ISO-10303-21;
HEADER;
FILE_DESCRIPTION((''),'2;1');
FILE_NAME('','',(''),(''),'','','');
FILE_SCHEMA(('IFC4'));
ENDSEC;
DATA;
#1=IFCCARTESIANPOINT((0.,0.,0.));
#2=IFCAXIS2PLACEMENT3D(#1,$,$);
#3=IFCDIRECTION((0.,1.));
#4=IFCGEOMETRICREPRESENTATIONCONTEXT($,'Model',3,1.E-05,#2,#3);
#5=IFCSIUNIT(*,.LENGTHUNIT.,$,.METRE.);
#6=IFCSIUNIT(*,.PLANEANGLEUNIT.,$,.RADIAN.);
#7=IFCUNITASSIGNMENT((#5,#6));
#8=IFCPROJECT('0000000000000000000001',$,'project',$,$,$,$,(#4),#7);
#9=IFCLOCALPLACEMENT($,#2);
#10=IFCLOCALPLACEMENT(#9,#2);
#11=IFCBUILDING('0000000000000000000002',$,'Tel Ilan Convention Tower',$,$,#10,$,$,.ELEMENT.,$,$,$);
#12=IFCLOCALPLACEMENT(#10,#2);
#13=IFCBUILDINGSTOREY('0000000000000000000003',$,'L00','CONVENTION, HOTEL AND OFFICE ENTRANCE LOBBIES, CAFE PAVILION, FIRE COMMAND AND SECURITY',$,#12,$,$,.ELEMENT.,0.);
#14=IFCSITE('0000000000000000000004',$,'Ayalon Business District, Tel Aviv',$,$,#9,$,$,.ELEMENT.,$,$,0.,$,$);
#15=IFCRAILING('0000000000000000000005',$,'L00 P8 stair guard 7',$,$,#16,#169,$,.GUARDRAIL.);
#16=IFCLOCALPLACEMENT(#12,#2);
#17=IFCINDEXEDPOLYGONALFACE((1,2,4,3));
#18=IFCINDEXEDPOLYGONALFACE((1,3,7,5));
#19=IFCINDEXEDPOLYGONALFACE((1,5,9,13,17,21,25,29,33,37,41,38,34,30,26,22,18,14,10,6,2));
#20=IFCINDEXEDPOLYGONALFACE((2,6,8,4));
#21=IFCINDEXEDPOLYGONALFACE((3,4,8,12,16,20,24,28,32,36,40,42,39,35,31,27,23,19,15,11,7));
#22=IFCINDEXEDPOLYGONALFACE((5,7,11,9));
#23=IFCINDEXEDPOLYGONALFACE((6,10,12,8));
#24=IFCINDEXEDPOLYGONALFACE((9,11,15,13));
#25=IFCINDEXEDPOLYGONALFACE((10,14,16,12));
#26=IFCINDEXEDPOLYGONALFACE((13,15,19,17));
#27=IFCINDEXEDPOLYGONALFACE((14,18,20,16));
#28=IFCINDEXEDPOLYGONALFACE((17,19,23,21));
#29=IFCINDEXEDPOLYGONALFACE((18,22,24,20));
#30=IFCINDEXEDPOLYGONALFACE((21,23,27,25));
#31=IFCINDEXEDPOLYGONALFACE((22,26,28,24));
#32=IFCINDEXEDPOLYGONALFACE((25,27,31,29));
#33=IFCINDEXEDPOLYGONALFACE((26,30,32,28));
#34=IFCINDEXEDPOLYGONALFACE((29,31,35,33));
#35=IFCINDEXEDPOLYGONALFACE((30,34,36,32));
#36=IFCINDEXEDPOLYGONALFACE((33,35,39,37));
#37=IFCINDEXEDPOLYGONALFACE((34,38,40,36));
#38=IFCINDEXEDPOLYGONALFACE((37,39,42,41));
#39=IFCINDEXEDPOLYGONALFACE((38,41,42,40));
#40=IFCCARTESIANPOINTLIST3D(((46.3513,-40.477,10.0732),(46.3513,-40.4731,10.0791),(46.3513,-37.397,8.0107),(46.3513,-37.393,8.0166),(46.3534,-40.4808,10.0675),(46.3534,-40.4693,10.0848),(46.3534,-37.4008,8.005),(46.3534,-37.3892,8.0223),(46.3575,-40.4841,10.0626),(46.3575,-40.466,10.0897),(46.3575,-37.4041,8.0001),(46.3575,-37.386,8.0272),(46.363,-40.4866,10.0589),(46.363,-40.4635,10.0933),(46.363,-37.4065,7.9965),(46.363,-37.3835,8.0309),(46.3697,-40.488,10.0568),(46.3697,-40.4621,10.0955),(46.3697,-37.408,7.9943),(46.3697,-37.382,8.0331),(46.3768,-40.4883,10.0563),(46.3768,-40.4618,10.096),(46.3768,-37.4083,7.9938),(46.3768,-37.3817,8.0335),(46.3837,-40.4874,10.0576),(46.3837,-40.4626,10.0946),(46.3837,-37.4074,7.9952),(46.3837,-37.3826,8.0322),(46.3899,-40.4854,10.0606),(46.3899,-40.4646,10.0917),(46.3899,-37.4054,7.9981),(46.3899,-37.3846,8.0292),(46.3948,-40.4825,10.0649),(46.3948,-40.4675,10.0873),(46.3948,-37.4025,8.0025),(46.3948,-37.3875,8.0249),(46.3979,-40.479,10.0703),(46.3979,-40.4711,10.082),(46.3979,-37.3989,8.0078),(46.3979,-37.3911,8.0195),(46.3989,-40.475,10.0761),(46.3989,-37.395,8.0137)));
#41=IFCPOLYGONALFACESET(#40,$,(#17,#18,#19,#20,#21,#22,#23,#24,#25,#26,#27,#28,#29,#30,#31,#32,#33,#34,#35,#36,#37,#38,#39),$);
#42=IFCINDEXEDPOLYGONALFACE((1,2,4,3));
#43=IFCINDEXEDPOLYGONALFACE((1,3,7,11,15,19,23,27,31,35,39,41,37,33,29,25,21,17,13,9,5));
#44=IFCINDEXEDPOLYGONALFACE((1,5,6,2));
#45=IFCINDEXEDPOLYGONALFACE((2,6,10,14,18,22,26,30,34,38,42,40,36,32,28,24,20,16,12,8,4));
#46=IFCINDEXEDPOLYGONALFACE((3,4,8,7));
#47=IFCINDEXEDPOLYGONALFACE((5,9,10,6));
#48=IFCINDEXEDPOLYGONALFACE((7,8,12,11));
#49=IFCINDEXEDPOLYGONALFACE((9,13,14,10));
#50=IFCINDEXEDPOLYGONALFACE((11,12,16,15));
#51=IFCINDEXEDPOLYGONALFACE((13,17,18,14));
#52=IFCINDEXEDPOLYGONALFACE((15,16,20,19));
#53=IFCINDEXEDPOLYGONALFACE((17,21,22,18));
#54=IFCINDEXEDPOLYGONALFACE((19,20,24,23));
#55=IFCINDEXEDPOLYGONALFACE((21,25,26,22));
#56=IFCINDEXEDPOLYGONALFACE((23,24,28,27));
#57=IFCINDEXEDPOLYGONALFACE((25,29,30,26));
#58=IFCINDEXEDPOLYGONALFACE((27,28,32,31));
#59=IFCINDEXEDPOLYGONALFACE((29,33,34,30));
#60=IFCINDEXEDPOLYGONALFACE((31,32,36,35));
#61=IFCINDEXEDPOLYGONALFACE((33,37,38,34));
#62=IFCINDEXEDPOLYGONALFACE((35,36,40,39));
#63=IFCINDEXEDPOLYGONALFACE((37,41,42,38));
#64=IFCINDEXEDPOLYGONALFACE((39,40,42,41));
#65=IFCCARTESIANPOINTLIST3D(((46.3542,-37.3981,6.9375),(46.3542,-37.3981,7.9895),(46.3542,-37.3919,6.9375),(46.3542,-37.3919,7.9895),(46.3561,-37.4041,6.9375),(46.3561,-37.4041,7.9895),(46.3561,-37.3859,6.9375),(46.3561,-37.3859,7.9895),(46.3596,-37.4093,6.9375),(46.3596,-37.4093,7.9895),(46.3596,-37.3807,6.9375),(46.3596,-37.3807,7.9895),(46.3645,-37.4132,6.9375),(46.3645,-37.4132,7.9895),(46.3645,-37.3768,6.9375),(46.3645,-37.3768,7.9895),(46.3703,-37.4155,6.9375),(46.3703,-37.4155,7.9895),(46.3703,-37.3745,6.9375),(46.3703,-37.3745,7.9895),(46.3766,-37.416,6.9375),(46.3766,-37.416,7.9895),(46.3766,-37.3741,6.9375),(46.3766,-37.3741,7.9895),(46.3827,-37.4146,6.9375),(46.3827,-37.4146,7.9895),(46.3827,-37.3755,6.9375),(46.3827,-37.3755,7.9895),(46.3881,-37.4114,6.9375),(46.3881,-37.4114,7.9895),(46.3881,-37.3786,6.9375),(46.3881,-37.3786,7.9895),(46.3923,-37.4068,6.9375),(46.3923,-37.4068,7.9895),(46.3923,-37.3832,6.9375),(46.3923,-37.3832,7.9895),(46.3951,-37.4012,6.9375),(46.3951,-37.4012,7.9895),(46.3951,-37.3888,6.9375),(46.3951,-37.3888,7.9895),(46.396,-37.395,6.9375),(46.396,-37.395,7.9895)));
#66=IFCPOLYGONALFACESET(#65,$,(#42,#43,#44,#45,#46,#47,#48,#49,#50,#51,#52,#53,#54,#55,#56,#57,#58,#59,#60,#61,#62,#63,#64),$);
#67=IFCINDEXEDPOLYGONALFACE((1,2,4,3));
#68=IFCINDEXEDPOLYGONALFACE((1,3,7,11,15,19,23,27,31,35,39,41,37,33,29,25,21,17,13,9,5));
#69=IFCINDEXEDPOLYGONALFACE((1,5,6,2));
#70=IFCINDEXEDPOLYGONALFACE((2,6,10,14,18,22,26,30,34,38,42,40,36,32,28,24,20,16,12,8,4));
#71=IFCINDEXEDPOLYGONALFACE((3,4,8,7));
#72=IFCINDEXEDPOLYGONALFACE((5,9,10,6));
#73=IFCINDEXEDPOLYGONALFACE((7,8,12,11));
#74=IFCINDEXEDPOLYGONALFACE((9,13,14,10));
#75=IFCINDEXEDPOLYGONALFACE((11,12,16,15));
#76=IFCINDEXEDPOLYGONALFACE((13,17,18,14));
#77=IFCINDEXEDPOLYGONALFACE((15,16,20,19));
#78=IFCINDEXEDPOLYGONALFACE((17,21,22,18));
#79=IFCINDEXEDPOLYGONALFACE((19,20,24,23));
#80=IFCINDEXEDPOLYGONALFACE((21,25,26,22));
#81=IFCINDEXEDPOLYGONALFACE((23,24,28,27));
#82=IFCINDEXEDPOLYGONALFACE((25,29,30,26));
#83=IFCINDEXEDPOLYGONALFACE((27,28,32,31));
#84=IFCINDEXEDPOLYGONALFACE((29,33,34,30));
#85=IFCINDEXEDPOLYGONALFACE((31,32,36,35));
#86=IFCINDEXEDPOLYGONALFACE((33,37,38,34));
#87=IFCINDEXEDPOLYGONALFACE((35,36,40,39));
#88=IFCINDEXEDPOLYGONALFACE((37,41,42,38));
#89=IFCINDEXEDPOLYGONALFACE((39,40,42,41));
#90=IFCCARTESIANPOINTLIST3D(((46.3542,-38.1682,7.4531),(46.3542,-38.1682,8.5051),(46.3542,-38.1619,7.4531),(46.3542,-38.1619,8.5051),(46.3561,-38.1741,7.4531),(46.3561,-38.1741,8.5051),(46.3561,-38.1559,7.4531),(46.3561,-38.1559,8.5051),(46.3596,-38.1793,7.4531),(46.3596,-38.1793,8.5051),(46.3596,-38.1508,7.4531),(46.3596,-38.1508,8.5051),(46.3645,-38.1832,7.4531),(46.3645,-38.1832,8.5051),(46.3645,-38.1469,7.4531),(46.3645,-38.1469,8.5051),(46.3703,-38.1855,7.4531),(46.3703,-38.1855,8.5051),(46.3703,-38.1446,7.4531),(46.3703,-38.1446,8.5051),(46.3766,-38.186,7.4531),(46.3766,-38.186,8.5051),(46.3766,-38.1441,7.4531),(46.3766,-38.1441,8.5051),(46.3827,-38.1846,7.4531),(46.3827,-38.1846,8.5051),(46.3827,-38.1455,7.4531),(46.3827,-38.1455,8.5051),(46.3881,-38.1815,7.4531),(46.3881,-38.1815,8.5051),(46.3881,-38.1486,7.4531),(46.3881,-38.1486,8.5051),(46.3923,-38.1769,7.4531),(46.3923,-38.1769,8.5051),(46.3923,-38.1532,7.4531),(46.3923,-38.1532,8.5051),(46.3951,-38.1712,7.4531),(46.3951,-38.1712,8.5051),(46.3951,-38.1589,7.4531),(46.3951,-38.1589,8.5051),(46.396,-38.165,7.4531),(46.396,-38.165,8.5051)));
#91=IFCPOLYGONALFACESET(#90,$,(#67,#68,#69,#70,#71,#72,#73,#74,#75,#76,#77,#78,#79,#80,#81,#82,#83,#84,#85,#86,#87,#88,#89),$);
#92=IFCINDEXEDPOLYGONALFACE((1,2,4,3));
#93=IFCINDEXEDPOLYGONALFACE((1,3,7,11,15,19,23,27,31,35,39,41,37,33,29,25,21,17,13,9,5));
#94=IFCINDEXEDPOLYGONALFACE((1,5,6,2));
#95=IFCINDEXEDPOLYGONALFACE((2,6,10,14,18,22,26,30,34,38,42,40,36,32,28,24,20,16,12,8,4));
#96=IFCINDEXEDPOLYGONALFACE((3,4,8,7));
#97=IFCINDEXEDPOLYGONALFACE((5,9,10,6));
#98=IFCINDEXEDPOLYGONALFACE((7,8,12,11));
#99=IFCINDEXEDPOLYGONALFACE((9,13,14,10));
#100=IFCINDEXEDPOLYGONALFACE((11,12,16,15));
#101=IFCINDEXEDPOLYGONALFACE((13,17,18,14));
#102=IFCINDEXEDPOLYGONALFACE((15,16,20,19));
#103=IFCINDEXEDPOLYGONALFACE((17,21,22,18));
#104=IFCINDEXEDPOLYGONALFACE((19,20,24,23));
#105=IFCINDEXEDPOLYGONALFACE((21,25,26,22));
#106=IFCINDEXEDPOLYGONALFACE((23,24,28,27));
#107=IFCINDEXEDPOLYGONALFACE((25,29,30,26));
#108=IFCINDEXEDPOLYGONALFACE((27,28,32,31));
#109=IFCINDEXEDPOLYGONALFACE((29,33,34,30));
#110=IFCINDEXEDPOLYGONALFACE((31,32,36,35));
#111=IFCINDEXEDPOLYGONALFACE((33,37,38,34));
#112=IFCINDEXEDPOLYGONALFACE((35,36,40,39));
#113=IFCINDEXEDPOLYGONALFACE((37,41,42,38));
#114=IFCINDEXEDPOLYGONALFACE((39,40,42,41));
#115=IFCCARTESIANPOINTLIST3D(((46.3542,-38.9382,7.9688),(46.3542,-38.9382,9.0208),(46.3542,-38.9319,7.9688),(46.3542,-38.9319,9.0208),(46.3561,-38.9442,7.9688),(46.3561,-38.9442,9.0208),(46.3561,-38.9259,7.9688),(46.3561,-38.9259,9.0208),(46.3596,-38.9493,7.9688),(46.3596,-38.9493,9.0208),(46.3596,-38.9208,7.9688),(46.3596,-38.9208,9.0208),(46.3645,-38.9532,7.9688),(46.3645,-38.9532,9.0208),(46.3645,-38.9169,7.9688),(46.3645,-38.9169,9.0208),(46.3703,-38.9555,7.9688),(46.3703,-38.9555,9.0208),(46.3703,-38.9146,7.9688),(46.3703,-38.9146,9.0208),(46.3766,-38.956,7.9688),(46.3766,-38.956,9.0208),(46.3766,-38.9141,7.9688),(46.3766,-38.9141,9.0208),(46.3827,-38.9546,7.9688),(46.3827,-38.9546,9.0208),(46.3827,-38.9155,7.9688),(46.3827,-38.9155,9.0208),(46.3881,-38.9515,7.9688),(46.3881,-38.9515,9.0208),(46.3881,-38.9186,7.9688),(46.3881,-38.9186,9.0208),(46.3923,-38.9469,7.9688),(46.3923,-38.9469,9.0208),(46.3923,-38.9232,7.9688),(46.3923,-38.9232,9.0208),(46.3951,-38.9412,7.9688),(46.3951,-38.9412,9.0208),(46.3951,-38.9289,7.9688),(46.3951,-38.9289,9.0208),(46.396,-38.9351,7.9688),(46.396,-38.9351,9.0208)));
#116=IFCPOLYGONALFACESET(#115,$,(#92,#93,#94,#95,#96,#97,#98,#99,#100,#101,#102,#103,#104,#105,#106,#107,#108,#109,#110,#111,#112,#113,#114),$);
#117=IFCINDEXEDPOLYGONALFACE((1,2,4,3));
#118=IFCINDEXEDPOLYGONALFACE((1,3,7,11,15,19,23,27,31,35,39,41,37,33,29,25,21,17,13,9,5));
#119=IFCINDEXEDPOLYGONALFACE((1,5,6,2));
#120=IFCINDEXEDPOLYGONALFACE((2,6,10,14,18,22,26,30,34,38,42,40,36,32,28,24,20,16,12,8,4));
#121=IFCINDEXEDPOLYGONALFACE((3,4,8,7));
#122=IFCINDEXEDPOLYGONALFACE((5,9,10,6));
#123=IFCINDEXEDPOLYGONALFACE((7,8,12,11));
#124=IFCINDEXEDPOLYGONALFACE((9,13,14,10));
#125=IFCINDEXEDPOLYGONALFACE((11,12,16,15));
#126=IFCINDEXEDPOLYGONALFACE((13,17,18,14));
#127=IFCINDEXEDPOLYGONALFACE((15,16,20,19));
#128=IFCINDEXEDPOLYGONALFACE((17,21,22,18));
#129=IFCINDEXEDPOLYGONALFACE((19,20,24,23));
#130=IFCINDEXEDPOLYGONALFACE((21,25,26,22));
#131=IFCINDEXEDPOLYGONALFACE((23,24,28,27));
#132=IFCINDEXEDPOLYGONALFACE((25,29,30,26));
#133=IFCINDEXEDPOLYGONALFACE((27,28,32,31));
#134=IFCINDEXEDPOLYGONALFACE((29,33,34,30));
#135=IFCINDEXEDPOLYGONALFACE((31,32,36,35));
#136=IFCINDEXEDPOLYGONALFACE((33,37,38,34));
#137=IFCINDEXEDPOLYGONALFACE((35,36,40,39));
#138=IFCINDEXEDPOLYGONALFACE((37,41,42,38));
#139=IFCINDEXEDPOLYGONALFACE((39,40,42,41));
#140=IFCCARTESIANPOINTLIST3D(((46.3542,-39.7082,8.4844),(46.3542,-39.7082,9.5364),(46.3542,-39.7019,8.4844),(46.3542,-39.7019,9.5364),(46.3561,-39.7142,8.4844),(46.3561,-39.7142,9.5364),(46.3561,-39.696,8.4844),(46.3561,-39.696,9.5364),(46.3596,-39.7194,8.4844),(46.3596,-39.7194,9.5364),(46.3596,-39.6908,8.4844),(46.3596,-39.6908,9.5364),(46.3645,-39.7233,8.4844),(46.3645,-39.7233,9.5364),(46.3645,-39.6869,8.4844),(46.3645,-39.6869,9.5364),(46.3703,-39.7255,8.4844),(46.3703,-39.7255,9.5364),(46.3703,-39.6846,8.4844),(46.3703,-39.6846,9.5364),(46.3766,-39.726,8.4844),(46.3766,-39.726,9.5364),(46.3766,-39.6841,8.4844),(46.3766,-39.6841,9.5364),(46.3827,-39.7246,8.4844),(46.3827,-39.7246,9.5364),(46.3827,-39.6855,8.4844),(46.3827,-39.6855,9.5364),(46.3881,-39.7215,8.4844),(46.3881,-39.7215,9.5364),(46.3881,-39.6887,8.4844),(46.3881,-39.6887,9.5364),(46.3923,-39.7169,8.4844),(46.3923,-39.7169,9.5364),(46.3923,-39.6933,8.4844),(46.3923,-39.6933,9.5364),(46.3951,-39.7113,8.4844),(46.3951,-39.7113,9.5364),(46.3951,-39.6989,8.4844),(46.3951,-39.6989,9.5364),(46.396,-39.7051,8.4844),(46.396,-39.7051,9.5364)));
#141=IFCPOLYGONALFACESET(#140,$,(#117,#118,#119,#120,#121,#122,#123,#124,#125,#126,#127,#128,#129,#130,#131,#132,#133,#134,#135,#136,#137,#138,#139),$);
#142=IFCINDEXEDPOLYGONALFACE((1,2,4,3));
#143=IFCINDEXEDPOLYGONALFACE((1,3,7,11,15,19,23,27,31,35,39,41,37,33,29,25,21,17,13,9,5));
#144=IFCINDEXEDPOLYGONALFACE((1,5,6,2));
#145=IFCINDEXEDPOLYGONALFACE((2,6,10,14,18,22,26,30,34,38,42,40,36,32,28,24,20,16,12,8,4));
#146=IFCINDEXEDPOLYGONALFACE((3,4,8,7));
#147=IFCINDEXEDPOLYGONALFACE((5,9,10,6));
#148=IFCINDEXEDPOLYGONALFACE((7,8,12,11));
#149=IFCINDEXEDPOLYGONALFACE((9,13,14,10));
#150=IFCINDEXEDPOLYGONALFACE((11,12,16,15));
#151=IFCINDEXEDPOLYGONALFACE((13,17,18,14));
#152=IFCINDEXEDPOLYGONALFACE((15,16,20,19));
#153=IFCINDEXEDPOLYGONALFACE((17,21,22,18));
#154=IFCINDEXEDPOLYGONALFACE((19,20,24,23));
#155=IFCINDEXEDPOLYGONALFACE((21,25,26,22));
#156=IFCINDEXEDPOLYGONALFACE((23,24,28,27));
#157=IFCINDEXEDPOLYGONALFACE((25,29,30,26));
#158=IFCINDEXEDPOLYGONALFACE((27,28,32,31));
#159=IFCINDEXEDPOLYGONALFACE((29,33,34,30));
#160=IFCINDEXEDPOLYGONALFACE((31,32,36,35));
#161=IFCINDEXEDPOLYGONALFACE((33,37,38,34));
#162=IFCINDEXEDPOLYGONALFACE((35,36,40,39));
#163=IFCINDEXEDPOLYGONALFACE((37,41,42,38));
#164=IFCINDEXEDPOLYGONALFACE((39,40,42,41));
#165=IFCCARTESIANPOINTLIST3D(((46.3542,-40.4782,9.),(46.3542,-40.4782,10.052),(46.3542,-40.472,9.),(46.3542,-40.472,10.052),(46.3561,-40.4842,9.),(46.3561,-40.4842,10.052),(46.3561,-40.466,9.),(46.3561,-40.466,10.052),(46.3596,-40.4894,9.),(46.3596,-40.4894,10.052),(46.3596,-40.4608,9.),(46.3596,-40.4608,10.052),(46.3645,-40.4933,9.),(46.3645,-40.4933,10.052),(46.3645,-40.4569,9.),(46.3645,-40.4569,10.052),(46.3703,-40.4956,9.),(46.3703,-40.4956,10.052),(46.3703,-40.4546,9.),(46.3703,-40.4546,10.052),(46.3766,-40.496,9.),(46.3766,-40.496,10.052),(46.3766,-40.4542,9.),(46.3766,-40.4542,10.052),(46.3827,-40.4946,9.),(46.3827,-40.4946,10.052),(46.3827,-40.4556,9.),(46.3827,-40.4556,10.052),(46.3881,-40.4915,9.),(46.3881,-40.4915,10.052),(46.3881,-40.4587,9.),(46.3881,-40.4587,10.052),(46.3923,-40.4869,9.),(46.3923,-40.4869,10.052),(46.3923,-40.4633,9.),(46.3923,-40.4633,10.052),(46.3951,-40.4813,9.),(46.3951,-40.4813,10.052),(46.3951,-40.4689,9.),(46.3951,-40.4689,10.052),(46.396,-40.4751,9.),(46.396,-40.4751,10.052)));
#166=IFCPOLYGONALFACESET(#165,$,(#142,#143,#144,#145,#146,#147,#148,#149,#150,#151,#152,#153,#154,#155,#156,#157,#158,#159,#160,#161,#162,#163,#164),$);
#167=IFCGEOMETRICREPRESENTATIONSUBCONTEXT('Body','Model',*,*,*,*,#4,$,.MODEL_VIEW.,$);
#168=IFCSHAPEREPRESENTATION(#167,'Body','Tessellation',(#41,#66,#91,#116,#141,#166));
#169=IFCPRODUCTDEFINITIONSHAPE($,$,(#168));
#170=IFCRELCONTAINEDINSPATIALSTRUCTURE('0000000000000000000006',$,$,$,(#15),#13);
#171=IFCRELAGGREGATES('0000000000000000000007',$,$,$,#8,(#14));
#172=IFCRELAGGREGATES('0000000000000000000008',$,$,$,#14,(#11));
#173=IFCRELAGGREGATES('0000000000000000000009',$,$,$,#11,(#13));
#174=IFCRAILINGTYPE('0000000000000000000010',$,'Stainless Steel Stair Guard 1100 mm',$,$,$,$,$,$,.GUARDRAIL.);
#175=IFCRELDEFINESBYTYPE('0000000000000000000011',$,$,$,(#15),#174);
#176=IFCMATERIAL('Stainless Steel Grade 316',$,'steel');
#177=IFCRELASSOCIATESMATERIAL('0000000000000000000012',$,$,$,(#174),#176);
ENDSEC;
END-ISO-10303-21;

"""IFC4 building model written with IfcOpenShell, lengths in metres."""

from ifc_helpers import new_model, si_unit, direction, frame, origin, origin_2d, place, context, subcontext, project, spatial, circle, extrude, material, type_object, element, save


model = new_model("IFC4")

# Units and contexts
model_context = context("Model", 3, precision=1e-05, world=origin(), true_north=direction((0.0, 1.0)))
body_context = subcontext(model_context, "Body", "Model", "MODEL_VIEW")
ifc_project = project(units=[si_unit("LENGTHUNIT", "METRE"), si_unit("PLANEANGLEUNIT", "RADIAN")], contexts=[model_context])

# Site, building, storey
site_placement = place(None, origin())
site = spatial("IfcSite", under=ifc_project, at=site_placement, Name="Ayalon Business District, Tel Aviv", CompositionType="ELEMENT", RefElevation=0.0)
building_placement = place(site_placement, origin())
building = spatial("IfcBuilding", under=site, at=building_placement, Name="Tel Ilan Convention Tower", CompositionType="ELEMENT")
storey_placement = place(building_placement, origin())
storey = spatial("IfcBuildingStorey", under=building, at=storey_placement, Name="L00", Description="CONVENTION, HOTEL AND OFFICE ENTRANCE LOBBIES, CAFE PAVILION, FIRE COMMAND AND SECURITY", CompositionType="ELEMENT", Elevation=0.0)

# Railing
ifc_material_1 = material(Name="Stainless Steel Grade 316", Category="steel")
railing_type_1 = type_object("IfcRailingType", Name="Stainless Steel Stair Guard 1100 mm", PredefinedType="GUARDRAIL", material=ifc_material_1)
railing_1_placement = place(storey_placement, frame((46.375, -37.395, 6.9375)))
element("IfcRailing", 1, at=railing_1_placement, inside=storey, type_object=railing_type_1, Name="L00 P8 stair guard 7", PredefinedType="GUARDRAIL", context=body_context, shape_type="SweptSolid", body=[
    extrude(circle(Radius=0.0239, at=origin_2d()), frame((0.0, 0.0, 1.0762), z_axis=(0.0, -0.830914, 0.556401), x_axis=(1.0, 0.0, 0.0)), (0.0, 0.0, 1.0), 3.7068),
    extrude(circle(Radius=0.021, at=origin_2d()), origin(), (0.0, 0.0, 1.0), 1.052),
    extrude(circle(Radius=0.021, at=origin_2d()), frame((0.0, -0.77, 0.5156)), (0.0, 0.0, 1.0), 1.052),
    extrude(circle(Radius=0.021, at=origin_2d()), frame((0.0, -1.54, 1.0312)), (0.0, 0.0, 1.0), 1.052),
    extrude(circle(Radius=0.021, at=origin_2d()), frame((0.0, -2.3101, 1.5469)), (0.0, 0.0, 1.0), 1.052),
    extrude(circle(Radius=0.021, at=origin_2d()), frame((0.0, -3.0801, 2.0625)), (0.0, 0.0, 1.0), 1.052),
])

save(model, "model.ifc")
